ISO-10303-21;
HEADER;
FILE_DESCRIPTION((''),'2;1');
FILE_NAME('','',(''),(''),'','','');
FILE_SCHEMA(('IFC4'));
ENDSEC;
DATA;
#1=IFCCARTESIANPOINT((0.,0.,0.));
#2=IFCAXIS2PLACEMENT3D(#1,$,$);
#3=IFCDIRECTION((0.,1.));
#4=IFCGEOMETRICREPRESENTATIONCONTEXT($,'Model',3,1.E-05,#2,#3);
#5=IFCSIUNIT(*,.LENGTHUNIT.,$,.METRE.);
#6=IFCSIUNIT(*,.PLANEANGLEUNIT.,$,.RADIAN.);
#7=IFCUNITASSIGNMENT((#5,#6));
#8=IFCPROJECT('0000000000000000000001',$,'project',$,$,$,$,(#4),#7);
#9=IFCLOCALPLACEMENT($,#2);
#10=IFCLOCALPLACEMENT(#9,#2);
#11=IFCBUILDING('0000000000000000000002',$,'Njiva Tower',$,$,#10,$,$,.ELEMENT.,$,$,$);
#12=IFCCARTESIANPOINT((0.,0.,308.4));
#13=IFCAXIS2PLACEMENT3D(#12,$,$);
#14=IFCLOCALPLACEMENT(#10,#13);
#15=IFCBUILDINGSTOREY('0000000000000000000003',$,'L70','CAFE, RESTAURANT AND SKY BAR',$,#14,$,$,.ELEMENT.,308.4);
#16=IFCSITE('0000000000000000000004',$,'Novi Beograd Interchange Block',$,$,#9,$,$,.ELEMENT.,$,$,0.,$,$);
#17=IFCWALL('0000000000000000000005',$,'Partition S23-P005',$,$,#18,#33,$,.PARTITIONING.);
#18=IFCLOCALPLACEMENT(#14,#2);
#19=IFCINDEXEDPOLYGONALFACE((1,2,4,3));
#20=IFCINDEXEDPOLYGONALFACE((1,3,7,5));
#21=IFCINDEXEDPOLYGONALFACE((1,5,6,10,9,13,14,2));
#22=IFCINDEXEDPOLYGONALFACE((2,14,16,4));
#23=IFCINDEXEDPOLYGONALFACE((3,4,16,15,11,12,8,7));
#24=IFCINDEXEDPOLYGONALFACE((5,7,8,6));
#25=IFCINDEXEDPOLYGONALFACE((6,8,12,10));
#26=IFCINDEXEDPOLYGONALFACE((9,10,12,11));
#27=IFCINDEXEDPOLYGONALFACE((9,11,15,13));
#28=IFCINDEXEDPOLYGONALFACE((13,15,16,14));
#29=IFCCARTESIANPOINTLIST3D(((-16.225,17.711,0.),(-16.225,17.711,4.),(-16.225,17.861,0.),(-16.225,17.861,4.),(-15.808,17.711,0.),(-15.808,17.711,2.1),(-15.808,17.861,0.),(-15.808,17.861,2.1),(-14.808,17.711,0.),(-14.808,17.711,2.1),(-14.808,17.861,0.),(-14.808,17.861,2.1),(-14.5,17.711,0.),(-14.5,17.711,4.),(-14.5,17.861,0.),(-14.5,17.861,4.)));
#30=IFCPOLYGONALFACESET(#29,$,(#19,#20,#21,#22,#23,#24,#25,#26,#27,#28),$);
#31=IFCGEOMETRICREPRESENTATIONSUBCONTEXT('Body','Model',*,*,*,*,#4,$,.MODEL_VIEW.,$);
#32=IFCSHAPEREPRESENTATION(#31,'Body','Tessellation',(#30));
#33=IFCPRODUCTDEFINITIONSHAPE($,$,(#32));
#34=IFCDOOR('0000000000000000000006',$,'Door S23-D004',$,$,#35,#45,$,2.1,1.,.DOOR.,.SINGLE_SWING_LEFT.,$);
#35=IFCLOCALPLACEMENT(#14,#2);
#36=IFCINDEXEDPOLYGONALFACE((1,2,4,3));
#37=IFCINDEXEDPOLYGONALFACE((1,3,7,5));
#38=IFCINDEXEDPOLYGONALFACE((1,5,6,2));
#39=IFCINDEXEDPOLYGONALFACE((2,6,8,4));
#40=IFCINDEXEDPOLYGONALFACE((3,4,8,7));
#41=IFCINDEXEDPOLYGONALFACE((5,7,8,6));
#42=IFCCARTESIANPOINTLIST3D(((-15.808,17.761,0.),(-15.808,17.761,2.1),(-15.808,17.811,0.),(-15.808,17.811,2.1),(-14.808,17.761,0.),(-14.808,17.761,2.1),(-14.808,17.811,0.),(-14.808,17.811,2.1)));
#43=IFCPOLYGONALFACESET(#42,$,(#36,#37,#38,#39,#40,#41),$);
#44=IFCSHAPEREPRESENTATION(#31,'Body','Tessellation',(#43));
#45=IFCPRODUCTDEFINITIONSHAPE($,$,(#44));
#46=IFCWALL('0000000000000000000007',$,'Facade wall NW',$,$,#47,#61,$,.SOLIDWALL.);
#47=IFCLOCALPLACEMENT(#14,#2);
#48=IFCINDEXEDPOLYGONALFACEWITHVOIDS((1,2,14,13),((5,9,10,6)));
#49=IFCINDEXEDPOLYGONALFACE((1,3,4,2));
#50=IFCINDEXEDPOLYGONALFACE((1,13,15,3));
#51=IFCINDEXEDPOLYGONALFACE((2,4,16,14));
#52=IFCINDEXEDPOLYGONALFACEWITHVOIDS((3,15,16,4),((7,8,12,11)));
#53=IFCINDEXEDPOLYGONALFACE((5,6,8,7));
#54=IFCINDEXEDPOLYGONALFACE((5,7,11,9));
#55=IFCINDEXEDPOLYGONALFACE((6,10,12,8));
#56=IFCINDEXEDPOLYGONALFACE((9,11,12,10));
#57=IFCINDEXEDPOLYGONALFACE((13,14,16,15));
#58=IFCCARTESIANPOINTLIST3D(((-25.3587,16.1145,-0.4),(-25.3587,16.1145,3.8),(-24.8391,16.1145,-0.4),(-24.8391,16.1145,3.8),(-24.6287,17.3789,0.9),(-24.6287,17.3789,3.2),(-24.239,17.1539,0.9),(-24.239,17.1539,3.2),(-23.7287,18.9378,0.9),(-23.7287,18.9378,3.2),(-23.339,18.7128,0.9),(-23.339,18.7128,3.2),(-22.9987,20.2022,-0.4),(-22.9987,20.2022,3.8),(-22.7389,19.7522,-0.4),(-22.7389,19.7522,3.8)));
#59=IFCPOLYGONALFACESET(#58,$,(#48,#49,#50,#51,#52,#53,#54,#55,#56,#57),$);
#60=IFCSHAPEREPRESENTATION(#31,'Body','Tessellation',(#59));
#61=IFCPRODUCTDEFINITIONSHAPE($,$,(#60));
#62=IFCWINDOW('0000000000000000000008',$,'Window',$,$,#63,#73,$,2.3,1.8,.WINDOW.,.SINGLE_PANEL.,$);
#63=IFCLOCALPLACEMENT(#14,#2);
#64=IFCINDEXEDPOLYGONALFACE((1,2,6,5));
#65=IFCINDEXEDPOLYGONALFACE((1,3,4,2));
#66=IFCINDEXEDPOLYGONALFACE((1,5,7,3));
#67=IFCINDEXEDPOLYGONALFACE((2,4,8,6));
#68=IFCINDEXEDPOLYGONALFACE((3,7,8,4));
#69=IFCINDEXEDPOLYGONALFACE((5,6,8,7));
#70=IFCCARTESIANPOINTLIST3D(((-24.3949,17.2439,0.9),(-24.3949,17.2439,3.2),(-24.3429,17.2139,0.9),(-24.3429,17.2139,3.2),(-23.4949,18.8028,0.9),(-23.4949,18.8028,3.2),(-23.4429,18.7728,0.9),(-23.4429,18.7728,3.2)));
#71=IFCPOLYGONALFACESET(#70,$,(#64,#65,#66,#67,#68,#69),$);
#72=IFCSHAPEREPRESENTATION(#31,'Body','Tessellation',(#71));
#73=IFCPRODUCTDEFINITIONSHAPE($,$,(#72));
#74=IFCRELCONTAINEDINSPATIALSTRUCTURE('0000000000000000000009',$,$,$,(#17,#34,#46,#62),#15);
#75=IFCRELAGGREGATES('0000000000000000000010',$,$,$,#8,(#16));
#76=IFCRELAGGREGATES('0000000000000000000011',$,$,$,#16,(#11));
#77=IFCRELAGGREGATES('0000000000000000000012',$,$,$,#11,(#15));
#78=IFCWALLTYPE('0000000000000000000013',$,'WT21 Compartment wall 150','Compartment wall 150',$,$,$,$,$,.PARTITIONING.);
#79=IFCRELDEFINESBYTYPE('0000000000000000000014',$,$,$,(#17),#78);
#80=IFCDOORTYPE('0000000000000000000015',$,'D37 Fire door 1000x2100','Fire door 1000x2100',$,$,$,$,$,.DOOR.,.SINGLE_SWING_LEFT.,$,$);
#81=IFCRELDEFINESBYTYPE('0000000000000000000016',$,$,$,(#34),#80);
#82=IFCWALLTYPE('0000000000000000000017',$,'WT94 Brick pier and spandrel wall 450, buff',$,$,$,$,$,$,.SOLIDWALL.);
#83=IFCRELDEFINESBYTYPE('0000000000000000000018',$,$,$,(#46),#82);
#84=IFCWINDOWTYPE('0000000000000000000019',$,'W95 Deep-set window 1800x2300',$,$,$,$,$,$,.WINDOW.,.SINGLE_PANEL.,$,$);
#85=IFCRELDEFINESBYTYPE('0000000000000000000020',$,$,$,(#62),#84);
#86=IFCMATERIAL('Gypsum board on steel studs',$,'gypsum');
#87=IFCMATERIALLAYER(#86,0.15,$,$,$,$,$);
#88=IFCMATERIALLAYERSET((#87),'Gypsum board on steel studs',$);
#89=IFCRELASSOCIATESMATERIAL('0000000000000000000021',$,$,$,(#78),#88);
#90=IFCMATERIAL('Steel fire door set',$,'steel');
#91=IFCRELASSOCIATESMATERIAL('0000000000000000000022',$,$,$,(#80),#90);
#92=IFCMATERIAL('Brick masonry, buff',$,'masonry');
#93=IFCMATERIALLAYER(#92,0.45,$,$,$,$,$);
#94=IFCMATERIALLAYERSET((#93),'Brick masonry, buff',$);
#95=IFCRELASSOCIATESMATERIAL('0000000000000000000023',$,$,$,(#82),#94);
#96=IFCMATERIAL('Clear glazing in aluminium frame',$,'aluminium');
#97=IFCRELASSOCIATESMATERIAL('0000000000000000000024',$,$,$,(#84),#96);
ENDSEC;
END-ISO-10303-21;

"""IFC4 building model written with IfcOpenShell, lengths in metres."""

from ifc_helpers import new_model, si_unit, direction, frame, frame_2d, origin, place, context, subcontext, project, spatial, polyline, rectangle, outline, extrude, material, layer, layer_set, type_object, element, fill, save


model = new_model("IFC4")

# Units and contexts
model_context = context("Model", 3, precision=1e-05, world=origin(), true_north=direction((0.0, 1.0)))
body_context = subcontext(model_context, "Body", "Model", "MODEL_VIEW")
ifc_project = project(units=[si_unit("LENGTHUNIT", "METRE"), si_unit("PLANEANGLEUNIT", "RADIAN")], contexts=[model_context])

# Site, building, storey
site_placement = place(None, origin())
site = spatial("IfcSite", under=ifc_project, at=site_placement, Name="Novi Beograd Interchange Block", CompositionType="ELEMENT", RefElevation=0.0)
building_placement = place(site_placement, origin())
building = spatial("IfcBuilding", under=site, at=building_placement, Name="Njiva Tower", CompositionType="ELEMENT")
storey_placement = place(building_placement, frame((0.0, 0.0, 308.4)))
storey = spatial("IfcBuildingStorey", under=building, at=storey_placement, Name="L70", Description="CAFE, RESTAURANT AND SKY BAR", CompositionType="ELEMENT", Elevation=308.4)

# Shared definitions
ifc_material_1 = material(Name="Gypsum board on steel studs", Category="gypsum")
ifc_layer_1 = layer(ifc_material_1, 0.15)
ifc_layer_set_1 = layer_set([ifc_layer_1], Name="Gypsum board on steel studs")
wall_type_1 = type_object("IfcWallType", Name="WT21 Compartment wall 150", Description="Compartment wall 150", PredefinedType="PARTITIONING", material=ifc_layer_set_1)

# Wall, opening, door
wall_1_placement = place(storey_placement, frame((-16.225, 17.786, 0.0), z_axis=(0.0, 0.0, 1.0), x_axis=(1.0, 0.0, 0.0)))
wall_1 = element("IfcWall", 1, at=wall_1_placement, inside=storey, type_object=wall_type_1, Name="Partition S23-P005", PredefinedType="PARTITIONING", context=body_context, shape_type="SweptSolid", body=[
    extrude(rectangle(XDim=1.725, YDim=0.15, at=frame_2d((0.8625, 0.0))), origin(), (0.0, 0.0, 1.0), 4.0),
])
opening_1_placement = place(wall_1_placement, frame((0.417, 0.0, 0.0)))
opening_1 = element("IfcOpeningElement", 2, at=opening_1_placement, cuts=wall_1, PredefinedType="OPENING", context=body_context, shape_type="SweptSolid", body=[
    extrude(rectangle(XDim=1.0, YDim=2.1, at=frame_2d((0.5, 1.05))), frame((0.0, 0.085, 0.0), z_axis=(0.0, -1.0, 0.0), x_axis=(1.0, 0.0, 0.0)), (0.0, 0.0, 1.0), 0.17),
])
ifc_material_2 = material(Name="Steel fire door set", Category="steel")
door_type = type_object("IfcDoorType", Name="D37 Fire door 1000x2100", Description="Fire door 1000x2100", OperationType="SINGLE_SWING_LEFT", PredefinedType="DOOR", material=ifc_material_2)
door_placement = place(opening_1_placement, origin())
door = element("IfcDoor", 3, at=door_placement, inside=storey, type_object=door_type, Name="Door S23-D004", OperationType="SINGLE_SWING_LEFT", OverallHeight=2.1, OverallWidth=1.0, PredefinedType="DOOR", context=body_context, shape_type="SweptSolid", body=[
    extrude(rectangle(XDim=1.0, YDim=2.1, at=frame_2d((0.5, 1.05))), frame((0.0, 0.025, 0.0), z_axis=(0.0, -1.0, 0.0), x_axis=(1.0, 0.0, 0.0)), (0.0, 0.0, 1.0), 0.05),
])
fill(opening_1, door)

# Shared definitions
ifc_material_3 = material(Name="Clear glazing in aluminium frame", Category="aluminium")

# Wall, opening, window
ifc_material_4 = material(Name="Brick masonry, buff", Category="masonry")
ifc_layer_2 = layer(ifc_material_4, 0.45)
ifc_layer_set_2 = layer_set([ifc_layer_2], Name="Brick masonry, buff")
wall_type_2 = type_object("IfcWallType", Name="WT94 Brick pier and spandrel wall 450, buff", PredefinedType="SOLIDWALL", material=ifc_layer_set_2)
wall_2_placement = place(storey_placement, frame((-22.8688, 19.9772, -0.4), z_axis=(0.0, 0.0, 1.0), x_axis=(-0.499995, -0.866028, 0.0)))
wall_2 = element("IfcWall", 4, at=wall_2_placement, inside=storey, type_object=wall_type_2, Name="Facade wall NW", PredefinedType="SOLIDWALL", context=body_context, shape_type="SweptSolid", body=[
    extrude(outline(polyline([(-0.1299, -0.225), (4.5901, -0.225), (4.3303, 0.225), (0.1299, 0.225), (-0.1299, -0.225)])), origin(), (0.0, 0.0, 1.0), 4.2),
])
opening_2_placement = place(wall_2_placement, frame((1.3301, 0.0, 1.3)))
opening_2 = element("IfcOpeningElement", 5, at=opening_2_placement, cuts=wall_2, PredefinedType="OPENING", context=body_context, shape_type="SweptSolid", body=[
    extrude(rectangle(XDim=1.8, YDim=2.3, at=frame_2d((0.9, 1.15))), frame((0.0, 0.235, 0.0), z_axis=(0.0, -1.0, 0.0), x_axis=(1.0, 0.0, 0.0)), (0.0, 0.0, 1.0), 0.47),
])
window_type_1 = type_object("IfcWindowType", Name="W95 Deep-set window 1800x2300", PartitioningType="SINGLE_PANEL", PredefinedType="WINDOW", material=ifc_material_3)
window_1_placement = place(opening_2_placement, origin())
window_1 = element("IfcWindow", 6, at=window_1_placement, inside=storey, type_object=window_type_1, Name="Window", OverallHeight=2.3, OverallWidth=1.8, PartitioningType="SINGLE_PANEL", PredefinedType="WINDOW", context=body_context, shape_type="SweptSolid", body=[
    extrude(rectangle(XDim=1.8, YDim=2.3, at=frame_2d((0.9, 1.15))), frame((0.0, 0.105, 0.0), z_axis=(0.0, -1.0, 0.0), x_axis=(1.0, 0.0, 0.0)), (0.0, 0.0, 1.0), 0.06),
])
fill(opening_2, window_1)

save(model, "model.ifc")
